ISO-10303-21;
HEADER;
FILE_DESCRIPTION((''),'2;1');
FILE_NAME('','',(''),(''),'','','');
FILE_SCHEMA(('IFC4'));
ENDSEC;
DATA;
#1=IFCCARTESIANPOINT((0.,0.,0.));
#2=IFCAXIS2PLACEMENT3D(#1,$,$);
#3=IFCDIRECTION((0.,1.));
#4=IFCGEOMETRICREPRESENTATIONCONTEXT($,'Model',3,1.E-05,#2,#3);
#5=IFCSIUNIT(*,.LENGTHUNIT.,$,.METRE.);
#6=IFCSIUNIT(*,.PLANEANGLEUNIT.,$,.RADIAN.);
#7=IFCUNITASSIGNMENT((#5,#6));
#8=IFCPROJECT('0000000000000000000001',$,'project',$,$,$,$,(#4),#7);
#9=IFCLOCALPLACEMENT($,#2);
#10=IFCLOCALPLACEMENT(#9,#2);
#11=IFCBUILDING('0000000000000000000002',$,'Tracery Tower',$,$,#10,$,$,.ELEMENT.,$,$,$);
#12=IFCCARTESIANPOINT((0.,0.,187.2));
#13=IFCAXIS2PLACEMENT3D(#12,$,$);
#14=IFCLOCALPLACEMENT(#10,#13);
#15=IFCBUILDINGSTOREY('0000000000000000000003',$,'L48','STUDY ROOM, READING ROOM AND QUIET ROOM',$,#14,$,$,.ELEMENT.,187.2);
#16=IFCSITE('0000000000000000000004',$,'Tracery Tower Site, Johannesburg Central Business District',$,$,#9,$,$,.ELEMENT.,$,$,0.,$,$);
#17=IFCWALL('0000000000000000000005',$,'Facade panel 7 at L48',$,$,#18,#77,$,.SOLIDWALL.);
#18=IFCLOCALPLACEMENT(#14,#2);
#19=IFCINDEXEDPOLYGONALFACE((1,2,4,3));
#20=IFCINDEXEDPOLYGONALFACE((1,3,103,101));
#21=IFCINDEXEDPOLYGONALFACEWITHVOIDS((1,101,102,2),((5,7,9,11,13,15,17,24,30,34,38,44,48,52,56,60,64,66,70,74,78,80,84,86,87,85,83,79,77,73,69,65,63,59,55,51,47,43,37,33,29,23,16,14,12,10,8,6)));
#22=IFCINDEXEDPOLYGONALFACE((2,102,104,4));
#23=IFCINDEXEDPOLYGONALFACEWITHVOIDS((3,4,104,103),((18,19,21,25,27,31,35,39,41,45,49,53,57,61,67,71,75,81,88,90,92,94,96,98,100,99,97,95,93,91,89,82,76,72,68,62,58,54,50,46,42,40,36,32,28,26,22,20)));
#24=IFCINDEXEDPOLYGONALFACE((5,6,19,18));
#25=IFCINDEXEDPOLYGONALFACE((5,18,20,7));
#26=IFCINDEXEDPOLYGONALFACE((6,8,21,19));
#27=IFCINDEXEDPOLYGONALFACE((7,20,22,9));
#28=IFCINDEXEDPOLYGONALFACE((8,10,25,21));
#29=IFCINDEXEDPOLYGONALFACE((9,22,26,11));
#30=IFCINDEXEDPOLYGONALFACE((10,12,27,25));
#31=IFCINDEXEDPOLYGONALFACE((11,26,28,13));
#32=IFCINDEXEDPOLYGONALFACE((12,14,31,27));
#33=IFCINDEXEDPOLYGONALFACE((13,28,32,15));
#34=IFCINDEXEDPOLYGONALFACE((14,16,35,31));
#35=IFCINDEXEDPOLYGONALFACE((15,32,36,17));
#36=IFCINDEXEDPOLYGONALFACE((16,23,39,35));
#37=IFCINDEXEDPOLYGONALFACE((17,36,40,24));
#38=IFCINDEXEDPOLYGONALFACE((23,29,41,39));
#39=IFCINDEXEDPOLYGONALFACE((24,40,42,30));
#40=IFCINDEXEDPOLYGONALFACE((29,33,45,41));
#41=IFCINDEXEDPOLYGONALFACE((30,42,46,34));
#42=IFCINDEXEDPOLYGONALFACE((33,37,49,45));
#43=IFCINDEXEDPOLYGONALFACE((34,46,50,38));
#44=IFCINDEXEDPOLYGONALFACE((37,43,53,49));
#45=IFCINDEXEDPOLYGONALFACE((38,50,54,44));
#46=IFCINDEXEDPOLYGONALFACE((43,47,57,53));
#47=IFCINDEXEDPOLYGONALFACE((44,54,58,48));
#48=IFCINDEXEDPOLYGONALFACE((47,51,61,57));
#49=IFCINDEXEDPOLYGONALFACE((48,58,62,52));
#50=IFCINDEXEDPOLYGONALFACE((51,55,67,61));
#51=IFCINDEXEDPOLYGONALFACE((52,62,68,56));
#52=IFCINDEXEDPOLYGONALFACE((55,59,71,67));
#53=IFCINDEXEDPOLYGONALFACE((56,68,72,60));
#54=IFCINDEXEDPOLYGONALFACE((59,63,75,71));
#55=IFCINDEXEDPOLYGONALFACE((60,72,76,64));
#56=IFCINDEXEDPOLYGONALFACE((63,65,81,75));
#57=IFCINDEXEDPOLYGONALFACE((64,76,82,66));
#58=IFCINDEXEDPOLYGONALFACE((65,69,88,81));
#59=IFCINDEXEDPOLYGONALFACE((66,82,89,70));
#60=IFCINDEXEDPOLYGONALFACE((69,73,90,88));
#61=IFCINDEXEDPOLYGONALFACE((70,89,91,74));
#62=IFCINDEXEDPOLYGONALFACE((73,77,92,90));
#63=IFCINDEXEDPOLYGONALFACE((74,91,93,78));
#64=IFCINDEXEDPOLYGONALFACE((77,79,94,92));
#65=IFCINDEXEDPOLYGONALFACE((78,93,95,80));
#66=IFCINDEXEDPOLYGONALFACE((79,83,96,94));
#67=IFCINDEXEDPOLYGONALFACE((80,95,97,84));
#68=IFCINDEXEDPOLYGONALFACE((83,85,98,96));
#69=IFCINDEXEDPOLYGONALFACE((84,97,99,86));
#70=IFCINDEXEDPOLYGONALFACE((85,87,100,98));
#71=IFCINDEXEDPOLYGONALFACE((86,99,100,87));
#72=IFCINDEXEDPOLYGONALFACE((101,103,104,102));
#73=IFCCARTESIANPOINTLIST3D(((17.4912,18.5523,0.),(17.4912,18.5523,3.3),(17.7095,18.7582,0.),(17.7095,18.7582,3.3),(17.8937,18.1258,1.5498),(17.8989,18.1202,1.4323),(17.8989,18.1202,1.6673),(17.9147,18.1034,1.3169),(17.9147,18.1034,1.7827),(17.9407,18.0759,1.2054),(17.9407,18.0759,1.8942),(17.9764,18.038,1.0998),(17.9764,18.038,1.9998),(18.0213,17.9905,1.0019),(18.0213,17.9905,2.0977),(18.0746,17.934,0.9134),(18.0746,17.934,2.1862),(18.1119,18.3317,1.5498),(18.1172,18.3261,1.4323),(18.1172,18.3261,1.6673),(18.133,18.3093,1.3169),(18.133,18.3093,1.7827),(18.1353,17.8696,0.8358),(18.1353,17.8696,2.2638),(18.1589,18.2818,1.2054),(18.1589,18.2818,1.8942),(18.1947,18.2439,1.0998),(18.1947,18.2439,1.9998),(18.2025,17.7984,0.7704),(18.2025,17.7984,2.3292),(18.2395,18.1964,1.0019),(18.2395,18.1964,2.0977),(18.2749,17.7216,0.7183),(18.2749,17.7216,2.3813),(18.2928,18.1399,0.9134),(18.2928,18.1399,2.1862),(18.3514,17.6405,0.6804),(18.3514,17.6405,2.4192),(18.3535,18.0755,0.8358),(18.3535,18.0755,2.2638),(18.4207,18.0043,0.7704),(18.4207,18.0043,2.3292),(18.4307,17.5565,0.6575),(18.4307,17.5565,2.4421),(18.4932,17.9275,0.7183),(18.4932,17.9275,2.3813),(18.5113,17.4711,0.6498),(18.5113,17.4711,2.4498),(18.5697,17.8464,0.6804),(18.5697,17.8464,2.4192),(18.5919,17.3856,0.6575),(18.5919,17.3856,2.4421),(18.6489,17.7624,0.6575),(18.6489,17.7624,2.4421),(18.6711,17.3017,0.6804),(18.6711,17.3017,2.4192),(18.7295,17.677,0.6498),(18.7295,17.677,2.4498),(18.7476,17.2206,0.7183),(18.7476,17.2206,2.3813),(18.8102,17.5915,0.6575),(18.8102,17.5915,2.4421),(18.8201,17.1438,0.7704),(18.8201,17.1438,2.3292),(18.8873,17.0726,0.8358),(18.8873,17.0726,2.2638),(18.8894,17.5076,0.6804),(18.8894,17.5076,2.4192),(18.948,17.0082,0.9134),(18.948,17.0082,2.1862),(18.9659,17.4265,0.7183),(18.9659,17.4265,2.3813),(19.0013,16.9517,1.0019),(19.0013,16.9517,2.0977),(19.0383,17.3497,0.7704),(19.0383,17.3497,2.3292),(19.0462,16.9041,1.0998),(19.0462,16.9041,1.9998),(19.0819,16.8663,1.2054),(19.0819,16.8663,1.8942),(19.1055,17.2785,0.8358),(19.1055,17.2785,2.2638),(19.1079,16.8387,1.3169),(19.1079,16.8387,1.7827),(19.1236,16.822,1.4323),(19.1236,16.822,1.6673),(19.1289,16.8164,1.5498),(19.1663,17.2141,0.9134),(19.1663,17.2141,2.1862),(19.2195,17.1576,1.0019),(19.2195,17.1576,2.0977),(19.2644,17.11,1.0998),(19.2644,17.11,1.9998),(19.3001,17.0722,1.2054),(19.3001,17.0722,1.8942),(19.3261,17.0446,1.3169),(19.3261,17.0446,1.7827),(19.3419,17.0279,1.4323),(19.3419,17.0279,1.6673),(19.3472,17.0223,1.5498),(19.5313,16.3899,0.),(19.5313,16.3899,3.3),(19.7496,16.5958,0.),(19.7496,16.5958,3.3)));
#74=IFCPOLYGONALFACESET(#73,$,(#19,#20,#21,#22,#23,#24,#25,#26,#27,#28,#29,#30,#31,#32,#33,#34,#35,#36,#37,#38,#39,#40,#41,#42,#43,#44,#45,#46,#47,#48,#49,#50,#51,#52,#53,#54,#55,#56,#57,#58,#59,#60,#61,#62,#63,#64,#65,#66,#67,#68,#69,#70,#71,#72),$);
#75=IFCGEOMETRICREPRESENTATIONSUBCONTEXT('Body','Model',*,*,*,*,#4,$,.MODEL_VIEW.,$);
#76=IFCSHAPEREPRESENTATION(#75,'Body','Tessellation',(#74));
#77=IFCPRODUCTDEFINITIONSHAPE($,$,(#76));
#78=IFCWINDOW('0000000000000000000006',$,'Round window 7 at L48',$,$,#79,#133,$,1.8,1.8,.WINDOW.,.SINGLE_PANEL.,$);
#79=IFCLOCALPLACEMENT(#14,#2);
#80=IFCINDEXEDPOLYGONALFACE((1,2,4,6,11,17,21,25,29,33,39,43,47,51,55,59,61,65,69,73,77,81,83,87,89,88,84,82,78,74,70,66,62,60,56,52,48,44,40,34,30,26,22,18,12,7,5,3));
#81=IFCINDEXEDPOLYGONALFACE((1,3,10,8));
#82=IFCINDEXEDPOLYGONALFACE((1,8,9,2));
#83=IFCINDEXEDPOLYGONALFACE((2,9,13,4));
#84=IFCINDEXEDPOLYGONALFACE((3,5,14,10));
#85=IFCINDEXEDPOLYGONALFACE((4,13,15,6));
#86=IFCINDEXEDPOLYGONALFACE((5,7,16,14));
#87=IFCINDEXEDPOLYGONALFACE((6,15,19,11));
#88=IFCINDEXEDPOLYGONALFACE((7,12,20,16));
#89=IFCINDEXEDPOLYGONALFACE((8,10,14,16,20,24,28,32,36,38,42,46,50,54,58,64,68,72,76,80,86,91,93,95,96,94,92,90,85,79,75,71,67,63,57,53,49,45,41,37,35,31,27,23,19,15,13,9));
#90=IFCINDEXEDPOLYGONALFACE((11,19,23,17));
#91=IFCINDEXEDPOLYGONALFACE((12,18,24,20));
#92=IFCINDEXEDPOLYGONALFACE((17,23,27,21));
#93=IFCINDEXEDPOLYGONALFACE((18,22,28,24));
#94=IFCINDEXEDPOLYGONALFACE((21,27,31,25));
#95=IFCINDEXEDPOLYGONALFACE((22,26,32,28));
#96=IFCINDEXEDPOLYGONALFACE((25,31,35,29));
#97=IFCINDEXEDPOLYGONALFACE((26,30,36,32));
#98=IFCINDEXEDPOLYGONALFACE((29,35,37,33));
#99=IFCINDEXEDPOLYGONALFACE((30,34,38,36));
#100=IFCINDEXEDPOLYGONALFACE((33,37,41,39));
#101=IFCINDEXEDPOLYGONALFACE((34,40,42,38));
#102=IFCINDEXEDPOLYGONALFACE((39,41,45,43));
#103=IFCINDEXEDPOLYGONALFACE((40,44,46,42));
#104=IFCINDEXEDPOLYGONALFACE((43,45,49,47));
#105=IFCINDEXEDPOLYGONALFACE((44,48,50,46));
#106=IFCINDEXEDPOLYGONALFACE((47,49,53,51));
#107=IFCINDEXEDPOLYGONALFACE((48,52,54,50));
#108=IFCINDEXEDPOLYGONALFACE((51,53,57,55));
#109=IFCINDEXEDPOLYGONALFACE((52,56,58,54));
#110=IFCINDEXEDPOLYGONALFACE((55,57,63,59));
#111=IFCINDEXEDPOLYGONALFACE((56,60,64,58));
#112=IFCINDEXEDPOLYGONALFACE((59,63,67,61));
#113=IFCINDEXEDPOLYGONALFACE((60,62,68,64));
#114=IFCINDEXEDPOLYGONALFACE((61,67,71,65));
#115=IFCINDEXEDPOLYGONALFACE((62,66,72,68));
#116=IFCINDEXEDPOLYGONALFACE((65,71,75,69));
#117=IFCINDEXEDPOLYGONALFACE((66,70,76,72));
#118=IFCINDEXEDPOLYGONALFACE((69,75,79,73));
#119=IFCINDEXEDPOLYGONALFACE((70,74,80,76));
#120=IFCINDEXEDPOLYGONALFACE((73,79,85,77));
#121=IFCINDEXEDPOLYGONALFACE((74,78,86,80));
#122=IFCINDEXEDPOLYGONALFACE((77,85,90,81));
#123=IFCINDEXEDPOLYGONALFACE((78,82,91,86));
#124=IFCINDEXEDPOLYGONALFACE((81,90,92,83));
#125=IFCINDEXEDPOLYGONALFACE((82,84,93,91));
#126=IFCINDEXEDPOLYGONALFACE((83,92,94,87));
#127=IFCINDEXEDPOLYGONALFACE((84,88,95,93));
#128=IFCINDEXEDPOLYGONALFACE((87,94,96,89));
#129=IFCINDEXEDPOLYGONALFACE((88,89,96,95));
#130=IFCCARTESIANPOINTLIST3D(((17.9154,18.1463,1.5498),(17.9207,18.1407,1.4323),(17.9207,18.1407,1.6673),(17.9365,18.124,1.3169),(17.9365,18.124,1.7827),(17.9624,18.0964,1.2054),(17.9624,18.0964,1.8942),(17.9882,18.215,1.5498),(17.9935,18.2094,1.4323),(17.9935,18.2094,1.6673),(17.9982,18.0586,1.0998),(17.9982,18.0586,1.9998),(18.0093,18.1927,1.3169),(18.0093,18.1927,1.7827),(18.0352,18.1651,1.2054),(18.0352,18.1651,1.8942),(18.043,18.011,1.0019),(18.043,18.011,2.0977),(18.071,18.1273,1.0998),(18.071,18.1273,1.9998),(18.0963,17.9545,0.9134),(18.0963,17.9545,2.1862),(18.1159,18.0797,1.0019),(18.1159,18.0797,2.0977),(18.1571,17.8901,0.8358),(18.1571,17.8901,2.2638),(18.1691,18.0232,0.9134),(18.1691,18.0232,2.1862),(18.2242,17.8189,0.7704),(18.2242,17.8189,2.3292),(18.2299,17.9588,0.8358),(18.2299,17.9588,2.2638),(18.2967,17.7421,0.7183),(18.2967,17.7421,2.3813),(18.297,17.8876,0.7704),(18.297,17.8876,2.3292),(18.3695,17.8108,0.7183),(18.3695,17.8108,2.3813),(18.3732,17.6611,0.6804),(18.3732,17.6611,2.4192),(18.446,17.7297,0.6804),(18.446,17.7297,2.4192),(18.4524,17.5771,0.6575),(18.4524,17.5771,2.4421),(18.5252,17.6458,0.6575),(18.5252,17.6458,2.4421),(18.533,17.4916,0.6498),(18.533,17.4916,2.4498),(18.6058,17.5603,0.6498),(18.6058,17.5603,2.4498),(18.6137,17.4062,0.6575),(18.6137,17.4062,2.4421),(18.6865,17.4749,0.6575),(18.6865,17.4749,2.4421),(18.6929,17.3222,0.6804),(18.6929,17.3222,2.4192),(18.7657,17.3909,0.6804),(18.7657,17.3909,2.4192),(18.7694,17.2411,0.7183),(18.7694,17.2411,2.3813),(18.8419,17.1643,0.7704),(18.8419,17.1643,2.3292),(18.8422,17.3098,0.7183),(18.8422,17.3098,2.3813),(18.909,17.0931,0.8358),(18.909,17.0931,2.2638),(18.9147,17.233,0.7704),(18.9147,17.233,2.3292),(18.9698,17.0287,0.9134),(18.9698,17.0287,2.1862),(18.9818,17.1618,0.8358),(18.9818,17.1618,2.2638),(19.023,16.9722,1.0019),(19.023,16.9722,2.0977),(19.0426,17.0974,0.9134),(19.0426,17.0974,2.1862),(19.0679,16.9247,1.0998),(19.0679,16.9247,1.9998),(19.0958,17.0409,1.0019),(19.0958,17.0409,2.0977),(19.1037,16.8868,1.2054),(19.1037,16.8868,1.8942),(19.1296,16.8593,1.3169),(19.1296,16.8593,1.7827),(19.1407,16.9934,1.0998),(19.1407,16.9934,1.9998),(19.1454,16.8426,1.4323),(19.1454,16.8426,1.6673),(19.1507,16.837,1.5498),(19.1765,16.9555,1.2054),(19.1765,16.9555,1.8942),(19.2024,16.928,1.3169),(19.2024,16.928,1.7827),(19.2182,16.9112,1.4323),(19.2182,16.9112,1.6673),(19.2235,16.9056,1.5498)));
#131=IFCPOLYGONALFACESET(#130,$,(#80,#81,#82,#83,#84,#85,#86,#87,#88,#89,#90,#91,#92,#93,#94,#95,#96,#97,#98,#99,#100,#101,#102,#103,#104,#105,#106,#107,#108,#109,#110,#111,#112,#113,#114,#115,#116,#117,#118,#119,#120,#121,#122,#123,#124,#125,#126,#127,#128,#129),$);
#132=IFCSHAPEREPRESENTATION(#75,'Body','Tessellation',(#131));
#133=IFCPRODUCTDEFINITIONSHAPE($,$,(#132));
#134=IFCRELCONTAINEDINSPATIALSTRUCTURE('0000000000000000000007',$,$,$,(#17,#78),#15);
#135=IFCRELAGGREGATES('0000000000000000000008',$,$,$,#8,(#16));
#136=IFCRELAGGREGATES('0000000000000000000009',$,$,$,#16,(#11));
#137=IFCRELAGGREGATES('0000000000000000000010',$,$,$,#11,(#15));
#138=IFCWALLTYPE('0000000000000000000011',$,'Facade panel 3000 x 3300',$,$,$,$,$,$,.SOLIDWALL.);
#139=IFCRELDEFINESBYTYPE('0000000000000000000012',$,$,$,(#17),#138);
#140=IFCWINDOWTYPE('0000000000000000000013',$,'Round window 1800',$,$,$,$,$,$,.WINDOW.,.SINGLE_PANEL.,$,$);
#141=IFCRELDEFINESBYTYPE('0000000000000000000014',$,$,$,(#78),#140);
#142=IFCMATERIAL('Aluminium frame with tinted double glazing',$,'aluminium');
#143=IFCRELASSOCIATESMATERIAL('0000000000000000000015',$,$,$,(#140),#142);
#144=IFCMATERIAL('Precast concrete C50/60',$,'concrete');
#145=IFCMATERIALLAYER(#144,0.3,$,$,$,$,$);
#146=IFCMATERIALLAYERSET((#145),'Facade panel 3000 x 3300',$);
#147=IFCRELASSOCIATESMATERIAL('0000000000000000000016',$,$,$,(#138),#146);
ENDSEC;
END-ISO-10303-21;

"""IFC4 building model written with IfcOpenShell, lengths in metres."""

from ifc_helpers import new_model, si_unit, direction, frame, frame_2d, origin, origin_2d, place, context, subcontext, project, spatial, rectangle, circle, extrude, material, layer, layer_set, type_object, element, fill, save


model = new_model("IFC4")

# Units and contexts
model_context = context("Model", 3, precision=1e-05, world=origin(), true_north=direction((0.0, 1.0)))
body_context = subcontext(model_context, "Body", "Model", "MODEL_VIEW")
ifc_project = project(units=[si_unit("LENGTHUNIT", "METRE"), si_unit("PLANEANGLEUNIT", "RADIAN")], contexts=[model_context])

# Site, building, storey
site_placement = place(None, origin())
site = spatial("IfcSite", under=ifc_project, at=site_placement, Name="Tracery Tower Site, Johannesburg Central Business District", CompositionType="ELEMENT", RefElevation=0.0)
building_placement = place(site_placement, origin())
building = spatial("IfcBuilding", under=site, at=building_placement, Name="Tracery Tower", CompositionType="ELEMENT")
storey_placement = place(building_placement, frame((0.0, 0.0, 187.2)))
storey = spatial("IfcBuildingStorey", under=building, at=storey_placement, Name="L48", Description="STUDY ROOM, READING ROOM AND QUIET ROOM", CompositionType="ELEMENT", Elevation=187.2)

# Wall, opening, window
ifc_material_1 = material(Name="Aluminium frame with tinted double glazing", Category="aluminium")
window_type = type_object("IfcWindowType", Name="Round window 1800", PartitioningType="SINGLE_PANEL", PredefinedType="WINDOW", material=ifc_material_1)
ifc_material_2 = material(Name="Precast concrete C50/60", Category="concrete")
ifc_layer_1 = layer(ifc_material_2, 0.3)
ifc_layer_set_1 = layer_set([ifc_layer_1], Name="Facade panel 3000 x 3300")
wall_type_1 = type_object("IfcWallType", Name="Facade panel 3000 x 3300", PredefinedType="SOLIDWALL", material=ifc_layer_set_1)
wall_1_placement = place(storey_placement, frame((19.6404, 16.4929, 0.0), z_axis=(0.0, 0.0, 1.0), x_axis=(-0.686235, 0.72738, 0.0)))
wall_1 = element("IfcWall", 1, at=wall_1_placement, inside=storey, type_object=wall_type_1, Name="Facade panel 7 at L48", PredefinedType="SOLIDWALL", context=body_context, shape_type="SweptSolid", body=[
    extrude(rectangle(XDim=2.9729, YDim=0.3, at=frame_2d((1.4863, 0.0))), origin(), (0.0, 0.0, 1.0), 3.3),
])
opening_1_placement = place(wall_1_placement, frame((1.4863, 0.0, 1.5498)))
opening_1 = element("IfcOpeningElement", 2, at=opening_1_placement, cuts=wall_1, PredefinedType="OPENING", context=body_context, shape_type="SweptSolid", body=[
    extrude(circle(Radius=0.9, at=origin_2d()), frame((0.0, 0.1599, 0.0), z_axis=(0.0, -1.0, 0.0), x_axis=(1.0, 0.0, 0.0)), (0.0, 0.0, 1.0), 0.3201),
])
window_1_placement = place(opening_1_placement, origin())
window_1 = element("IfcWindow", 3, at=window_1_placement, inside=storey, type_object=window_type, Name="Round window 7 at L48", OverallHeight=1.8, OverallWidth=1.8, PartitioningType="SINGLE_PANEL", PredefinedType="WINDOW", context=body_context, shape_type="SweptSolid", body=[
    extrude(circle(Radius=0.9, at=origin_2d()), frame((0.0, 0.1201, 0.0), z_axis=(0.0, -1.0, 0.0), x_axis=(1.0, 0.0, 0.0)), (0.0, 0.0, 1.0), 0.1001),
])
fill(opening_1, window_1)

save(model, "model.ifc")
